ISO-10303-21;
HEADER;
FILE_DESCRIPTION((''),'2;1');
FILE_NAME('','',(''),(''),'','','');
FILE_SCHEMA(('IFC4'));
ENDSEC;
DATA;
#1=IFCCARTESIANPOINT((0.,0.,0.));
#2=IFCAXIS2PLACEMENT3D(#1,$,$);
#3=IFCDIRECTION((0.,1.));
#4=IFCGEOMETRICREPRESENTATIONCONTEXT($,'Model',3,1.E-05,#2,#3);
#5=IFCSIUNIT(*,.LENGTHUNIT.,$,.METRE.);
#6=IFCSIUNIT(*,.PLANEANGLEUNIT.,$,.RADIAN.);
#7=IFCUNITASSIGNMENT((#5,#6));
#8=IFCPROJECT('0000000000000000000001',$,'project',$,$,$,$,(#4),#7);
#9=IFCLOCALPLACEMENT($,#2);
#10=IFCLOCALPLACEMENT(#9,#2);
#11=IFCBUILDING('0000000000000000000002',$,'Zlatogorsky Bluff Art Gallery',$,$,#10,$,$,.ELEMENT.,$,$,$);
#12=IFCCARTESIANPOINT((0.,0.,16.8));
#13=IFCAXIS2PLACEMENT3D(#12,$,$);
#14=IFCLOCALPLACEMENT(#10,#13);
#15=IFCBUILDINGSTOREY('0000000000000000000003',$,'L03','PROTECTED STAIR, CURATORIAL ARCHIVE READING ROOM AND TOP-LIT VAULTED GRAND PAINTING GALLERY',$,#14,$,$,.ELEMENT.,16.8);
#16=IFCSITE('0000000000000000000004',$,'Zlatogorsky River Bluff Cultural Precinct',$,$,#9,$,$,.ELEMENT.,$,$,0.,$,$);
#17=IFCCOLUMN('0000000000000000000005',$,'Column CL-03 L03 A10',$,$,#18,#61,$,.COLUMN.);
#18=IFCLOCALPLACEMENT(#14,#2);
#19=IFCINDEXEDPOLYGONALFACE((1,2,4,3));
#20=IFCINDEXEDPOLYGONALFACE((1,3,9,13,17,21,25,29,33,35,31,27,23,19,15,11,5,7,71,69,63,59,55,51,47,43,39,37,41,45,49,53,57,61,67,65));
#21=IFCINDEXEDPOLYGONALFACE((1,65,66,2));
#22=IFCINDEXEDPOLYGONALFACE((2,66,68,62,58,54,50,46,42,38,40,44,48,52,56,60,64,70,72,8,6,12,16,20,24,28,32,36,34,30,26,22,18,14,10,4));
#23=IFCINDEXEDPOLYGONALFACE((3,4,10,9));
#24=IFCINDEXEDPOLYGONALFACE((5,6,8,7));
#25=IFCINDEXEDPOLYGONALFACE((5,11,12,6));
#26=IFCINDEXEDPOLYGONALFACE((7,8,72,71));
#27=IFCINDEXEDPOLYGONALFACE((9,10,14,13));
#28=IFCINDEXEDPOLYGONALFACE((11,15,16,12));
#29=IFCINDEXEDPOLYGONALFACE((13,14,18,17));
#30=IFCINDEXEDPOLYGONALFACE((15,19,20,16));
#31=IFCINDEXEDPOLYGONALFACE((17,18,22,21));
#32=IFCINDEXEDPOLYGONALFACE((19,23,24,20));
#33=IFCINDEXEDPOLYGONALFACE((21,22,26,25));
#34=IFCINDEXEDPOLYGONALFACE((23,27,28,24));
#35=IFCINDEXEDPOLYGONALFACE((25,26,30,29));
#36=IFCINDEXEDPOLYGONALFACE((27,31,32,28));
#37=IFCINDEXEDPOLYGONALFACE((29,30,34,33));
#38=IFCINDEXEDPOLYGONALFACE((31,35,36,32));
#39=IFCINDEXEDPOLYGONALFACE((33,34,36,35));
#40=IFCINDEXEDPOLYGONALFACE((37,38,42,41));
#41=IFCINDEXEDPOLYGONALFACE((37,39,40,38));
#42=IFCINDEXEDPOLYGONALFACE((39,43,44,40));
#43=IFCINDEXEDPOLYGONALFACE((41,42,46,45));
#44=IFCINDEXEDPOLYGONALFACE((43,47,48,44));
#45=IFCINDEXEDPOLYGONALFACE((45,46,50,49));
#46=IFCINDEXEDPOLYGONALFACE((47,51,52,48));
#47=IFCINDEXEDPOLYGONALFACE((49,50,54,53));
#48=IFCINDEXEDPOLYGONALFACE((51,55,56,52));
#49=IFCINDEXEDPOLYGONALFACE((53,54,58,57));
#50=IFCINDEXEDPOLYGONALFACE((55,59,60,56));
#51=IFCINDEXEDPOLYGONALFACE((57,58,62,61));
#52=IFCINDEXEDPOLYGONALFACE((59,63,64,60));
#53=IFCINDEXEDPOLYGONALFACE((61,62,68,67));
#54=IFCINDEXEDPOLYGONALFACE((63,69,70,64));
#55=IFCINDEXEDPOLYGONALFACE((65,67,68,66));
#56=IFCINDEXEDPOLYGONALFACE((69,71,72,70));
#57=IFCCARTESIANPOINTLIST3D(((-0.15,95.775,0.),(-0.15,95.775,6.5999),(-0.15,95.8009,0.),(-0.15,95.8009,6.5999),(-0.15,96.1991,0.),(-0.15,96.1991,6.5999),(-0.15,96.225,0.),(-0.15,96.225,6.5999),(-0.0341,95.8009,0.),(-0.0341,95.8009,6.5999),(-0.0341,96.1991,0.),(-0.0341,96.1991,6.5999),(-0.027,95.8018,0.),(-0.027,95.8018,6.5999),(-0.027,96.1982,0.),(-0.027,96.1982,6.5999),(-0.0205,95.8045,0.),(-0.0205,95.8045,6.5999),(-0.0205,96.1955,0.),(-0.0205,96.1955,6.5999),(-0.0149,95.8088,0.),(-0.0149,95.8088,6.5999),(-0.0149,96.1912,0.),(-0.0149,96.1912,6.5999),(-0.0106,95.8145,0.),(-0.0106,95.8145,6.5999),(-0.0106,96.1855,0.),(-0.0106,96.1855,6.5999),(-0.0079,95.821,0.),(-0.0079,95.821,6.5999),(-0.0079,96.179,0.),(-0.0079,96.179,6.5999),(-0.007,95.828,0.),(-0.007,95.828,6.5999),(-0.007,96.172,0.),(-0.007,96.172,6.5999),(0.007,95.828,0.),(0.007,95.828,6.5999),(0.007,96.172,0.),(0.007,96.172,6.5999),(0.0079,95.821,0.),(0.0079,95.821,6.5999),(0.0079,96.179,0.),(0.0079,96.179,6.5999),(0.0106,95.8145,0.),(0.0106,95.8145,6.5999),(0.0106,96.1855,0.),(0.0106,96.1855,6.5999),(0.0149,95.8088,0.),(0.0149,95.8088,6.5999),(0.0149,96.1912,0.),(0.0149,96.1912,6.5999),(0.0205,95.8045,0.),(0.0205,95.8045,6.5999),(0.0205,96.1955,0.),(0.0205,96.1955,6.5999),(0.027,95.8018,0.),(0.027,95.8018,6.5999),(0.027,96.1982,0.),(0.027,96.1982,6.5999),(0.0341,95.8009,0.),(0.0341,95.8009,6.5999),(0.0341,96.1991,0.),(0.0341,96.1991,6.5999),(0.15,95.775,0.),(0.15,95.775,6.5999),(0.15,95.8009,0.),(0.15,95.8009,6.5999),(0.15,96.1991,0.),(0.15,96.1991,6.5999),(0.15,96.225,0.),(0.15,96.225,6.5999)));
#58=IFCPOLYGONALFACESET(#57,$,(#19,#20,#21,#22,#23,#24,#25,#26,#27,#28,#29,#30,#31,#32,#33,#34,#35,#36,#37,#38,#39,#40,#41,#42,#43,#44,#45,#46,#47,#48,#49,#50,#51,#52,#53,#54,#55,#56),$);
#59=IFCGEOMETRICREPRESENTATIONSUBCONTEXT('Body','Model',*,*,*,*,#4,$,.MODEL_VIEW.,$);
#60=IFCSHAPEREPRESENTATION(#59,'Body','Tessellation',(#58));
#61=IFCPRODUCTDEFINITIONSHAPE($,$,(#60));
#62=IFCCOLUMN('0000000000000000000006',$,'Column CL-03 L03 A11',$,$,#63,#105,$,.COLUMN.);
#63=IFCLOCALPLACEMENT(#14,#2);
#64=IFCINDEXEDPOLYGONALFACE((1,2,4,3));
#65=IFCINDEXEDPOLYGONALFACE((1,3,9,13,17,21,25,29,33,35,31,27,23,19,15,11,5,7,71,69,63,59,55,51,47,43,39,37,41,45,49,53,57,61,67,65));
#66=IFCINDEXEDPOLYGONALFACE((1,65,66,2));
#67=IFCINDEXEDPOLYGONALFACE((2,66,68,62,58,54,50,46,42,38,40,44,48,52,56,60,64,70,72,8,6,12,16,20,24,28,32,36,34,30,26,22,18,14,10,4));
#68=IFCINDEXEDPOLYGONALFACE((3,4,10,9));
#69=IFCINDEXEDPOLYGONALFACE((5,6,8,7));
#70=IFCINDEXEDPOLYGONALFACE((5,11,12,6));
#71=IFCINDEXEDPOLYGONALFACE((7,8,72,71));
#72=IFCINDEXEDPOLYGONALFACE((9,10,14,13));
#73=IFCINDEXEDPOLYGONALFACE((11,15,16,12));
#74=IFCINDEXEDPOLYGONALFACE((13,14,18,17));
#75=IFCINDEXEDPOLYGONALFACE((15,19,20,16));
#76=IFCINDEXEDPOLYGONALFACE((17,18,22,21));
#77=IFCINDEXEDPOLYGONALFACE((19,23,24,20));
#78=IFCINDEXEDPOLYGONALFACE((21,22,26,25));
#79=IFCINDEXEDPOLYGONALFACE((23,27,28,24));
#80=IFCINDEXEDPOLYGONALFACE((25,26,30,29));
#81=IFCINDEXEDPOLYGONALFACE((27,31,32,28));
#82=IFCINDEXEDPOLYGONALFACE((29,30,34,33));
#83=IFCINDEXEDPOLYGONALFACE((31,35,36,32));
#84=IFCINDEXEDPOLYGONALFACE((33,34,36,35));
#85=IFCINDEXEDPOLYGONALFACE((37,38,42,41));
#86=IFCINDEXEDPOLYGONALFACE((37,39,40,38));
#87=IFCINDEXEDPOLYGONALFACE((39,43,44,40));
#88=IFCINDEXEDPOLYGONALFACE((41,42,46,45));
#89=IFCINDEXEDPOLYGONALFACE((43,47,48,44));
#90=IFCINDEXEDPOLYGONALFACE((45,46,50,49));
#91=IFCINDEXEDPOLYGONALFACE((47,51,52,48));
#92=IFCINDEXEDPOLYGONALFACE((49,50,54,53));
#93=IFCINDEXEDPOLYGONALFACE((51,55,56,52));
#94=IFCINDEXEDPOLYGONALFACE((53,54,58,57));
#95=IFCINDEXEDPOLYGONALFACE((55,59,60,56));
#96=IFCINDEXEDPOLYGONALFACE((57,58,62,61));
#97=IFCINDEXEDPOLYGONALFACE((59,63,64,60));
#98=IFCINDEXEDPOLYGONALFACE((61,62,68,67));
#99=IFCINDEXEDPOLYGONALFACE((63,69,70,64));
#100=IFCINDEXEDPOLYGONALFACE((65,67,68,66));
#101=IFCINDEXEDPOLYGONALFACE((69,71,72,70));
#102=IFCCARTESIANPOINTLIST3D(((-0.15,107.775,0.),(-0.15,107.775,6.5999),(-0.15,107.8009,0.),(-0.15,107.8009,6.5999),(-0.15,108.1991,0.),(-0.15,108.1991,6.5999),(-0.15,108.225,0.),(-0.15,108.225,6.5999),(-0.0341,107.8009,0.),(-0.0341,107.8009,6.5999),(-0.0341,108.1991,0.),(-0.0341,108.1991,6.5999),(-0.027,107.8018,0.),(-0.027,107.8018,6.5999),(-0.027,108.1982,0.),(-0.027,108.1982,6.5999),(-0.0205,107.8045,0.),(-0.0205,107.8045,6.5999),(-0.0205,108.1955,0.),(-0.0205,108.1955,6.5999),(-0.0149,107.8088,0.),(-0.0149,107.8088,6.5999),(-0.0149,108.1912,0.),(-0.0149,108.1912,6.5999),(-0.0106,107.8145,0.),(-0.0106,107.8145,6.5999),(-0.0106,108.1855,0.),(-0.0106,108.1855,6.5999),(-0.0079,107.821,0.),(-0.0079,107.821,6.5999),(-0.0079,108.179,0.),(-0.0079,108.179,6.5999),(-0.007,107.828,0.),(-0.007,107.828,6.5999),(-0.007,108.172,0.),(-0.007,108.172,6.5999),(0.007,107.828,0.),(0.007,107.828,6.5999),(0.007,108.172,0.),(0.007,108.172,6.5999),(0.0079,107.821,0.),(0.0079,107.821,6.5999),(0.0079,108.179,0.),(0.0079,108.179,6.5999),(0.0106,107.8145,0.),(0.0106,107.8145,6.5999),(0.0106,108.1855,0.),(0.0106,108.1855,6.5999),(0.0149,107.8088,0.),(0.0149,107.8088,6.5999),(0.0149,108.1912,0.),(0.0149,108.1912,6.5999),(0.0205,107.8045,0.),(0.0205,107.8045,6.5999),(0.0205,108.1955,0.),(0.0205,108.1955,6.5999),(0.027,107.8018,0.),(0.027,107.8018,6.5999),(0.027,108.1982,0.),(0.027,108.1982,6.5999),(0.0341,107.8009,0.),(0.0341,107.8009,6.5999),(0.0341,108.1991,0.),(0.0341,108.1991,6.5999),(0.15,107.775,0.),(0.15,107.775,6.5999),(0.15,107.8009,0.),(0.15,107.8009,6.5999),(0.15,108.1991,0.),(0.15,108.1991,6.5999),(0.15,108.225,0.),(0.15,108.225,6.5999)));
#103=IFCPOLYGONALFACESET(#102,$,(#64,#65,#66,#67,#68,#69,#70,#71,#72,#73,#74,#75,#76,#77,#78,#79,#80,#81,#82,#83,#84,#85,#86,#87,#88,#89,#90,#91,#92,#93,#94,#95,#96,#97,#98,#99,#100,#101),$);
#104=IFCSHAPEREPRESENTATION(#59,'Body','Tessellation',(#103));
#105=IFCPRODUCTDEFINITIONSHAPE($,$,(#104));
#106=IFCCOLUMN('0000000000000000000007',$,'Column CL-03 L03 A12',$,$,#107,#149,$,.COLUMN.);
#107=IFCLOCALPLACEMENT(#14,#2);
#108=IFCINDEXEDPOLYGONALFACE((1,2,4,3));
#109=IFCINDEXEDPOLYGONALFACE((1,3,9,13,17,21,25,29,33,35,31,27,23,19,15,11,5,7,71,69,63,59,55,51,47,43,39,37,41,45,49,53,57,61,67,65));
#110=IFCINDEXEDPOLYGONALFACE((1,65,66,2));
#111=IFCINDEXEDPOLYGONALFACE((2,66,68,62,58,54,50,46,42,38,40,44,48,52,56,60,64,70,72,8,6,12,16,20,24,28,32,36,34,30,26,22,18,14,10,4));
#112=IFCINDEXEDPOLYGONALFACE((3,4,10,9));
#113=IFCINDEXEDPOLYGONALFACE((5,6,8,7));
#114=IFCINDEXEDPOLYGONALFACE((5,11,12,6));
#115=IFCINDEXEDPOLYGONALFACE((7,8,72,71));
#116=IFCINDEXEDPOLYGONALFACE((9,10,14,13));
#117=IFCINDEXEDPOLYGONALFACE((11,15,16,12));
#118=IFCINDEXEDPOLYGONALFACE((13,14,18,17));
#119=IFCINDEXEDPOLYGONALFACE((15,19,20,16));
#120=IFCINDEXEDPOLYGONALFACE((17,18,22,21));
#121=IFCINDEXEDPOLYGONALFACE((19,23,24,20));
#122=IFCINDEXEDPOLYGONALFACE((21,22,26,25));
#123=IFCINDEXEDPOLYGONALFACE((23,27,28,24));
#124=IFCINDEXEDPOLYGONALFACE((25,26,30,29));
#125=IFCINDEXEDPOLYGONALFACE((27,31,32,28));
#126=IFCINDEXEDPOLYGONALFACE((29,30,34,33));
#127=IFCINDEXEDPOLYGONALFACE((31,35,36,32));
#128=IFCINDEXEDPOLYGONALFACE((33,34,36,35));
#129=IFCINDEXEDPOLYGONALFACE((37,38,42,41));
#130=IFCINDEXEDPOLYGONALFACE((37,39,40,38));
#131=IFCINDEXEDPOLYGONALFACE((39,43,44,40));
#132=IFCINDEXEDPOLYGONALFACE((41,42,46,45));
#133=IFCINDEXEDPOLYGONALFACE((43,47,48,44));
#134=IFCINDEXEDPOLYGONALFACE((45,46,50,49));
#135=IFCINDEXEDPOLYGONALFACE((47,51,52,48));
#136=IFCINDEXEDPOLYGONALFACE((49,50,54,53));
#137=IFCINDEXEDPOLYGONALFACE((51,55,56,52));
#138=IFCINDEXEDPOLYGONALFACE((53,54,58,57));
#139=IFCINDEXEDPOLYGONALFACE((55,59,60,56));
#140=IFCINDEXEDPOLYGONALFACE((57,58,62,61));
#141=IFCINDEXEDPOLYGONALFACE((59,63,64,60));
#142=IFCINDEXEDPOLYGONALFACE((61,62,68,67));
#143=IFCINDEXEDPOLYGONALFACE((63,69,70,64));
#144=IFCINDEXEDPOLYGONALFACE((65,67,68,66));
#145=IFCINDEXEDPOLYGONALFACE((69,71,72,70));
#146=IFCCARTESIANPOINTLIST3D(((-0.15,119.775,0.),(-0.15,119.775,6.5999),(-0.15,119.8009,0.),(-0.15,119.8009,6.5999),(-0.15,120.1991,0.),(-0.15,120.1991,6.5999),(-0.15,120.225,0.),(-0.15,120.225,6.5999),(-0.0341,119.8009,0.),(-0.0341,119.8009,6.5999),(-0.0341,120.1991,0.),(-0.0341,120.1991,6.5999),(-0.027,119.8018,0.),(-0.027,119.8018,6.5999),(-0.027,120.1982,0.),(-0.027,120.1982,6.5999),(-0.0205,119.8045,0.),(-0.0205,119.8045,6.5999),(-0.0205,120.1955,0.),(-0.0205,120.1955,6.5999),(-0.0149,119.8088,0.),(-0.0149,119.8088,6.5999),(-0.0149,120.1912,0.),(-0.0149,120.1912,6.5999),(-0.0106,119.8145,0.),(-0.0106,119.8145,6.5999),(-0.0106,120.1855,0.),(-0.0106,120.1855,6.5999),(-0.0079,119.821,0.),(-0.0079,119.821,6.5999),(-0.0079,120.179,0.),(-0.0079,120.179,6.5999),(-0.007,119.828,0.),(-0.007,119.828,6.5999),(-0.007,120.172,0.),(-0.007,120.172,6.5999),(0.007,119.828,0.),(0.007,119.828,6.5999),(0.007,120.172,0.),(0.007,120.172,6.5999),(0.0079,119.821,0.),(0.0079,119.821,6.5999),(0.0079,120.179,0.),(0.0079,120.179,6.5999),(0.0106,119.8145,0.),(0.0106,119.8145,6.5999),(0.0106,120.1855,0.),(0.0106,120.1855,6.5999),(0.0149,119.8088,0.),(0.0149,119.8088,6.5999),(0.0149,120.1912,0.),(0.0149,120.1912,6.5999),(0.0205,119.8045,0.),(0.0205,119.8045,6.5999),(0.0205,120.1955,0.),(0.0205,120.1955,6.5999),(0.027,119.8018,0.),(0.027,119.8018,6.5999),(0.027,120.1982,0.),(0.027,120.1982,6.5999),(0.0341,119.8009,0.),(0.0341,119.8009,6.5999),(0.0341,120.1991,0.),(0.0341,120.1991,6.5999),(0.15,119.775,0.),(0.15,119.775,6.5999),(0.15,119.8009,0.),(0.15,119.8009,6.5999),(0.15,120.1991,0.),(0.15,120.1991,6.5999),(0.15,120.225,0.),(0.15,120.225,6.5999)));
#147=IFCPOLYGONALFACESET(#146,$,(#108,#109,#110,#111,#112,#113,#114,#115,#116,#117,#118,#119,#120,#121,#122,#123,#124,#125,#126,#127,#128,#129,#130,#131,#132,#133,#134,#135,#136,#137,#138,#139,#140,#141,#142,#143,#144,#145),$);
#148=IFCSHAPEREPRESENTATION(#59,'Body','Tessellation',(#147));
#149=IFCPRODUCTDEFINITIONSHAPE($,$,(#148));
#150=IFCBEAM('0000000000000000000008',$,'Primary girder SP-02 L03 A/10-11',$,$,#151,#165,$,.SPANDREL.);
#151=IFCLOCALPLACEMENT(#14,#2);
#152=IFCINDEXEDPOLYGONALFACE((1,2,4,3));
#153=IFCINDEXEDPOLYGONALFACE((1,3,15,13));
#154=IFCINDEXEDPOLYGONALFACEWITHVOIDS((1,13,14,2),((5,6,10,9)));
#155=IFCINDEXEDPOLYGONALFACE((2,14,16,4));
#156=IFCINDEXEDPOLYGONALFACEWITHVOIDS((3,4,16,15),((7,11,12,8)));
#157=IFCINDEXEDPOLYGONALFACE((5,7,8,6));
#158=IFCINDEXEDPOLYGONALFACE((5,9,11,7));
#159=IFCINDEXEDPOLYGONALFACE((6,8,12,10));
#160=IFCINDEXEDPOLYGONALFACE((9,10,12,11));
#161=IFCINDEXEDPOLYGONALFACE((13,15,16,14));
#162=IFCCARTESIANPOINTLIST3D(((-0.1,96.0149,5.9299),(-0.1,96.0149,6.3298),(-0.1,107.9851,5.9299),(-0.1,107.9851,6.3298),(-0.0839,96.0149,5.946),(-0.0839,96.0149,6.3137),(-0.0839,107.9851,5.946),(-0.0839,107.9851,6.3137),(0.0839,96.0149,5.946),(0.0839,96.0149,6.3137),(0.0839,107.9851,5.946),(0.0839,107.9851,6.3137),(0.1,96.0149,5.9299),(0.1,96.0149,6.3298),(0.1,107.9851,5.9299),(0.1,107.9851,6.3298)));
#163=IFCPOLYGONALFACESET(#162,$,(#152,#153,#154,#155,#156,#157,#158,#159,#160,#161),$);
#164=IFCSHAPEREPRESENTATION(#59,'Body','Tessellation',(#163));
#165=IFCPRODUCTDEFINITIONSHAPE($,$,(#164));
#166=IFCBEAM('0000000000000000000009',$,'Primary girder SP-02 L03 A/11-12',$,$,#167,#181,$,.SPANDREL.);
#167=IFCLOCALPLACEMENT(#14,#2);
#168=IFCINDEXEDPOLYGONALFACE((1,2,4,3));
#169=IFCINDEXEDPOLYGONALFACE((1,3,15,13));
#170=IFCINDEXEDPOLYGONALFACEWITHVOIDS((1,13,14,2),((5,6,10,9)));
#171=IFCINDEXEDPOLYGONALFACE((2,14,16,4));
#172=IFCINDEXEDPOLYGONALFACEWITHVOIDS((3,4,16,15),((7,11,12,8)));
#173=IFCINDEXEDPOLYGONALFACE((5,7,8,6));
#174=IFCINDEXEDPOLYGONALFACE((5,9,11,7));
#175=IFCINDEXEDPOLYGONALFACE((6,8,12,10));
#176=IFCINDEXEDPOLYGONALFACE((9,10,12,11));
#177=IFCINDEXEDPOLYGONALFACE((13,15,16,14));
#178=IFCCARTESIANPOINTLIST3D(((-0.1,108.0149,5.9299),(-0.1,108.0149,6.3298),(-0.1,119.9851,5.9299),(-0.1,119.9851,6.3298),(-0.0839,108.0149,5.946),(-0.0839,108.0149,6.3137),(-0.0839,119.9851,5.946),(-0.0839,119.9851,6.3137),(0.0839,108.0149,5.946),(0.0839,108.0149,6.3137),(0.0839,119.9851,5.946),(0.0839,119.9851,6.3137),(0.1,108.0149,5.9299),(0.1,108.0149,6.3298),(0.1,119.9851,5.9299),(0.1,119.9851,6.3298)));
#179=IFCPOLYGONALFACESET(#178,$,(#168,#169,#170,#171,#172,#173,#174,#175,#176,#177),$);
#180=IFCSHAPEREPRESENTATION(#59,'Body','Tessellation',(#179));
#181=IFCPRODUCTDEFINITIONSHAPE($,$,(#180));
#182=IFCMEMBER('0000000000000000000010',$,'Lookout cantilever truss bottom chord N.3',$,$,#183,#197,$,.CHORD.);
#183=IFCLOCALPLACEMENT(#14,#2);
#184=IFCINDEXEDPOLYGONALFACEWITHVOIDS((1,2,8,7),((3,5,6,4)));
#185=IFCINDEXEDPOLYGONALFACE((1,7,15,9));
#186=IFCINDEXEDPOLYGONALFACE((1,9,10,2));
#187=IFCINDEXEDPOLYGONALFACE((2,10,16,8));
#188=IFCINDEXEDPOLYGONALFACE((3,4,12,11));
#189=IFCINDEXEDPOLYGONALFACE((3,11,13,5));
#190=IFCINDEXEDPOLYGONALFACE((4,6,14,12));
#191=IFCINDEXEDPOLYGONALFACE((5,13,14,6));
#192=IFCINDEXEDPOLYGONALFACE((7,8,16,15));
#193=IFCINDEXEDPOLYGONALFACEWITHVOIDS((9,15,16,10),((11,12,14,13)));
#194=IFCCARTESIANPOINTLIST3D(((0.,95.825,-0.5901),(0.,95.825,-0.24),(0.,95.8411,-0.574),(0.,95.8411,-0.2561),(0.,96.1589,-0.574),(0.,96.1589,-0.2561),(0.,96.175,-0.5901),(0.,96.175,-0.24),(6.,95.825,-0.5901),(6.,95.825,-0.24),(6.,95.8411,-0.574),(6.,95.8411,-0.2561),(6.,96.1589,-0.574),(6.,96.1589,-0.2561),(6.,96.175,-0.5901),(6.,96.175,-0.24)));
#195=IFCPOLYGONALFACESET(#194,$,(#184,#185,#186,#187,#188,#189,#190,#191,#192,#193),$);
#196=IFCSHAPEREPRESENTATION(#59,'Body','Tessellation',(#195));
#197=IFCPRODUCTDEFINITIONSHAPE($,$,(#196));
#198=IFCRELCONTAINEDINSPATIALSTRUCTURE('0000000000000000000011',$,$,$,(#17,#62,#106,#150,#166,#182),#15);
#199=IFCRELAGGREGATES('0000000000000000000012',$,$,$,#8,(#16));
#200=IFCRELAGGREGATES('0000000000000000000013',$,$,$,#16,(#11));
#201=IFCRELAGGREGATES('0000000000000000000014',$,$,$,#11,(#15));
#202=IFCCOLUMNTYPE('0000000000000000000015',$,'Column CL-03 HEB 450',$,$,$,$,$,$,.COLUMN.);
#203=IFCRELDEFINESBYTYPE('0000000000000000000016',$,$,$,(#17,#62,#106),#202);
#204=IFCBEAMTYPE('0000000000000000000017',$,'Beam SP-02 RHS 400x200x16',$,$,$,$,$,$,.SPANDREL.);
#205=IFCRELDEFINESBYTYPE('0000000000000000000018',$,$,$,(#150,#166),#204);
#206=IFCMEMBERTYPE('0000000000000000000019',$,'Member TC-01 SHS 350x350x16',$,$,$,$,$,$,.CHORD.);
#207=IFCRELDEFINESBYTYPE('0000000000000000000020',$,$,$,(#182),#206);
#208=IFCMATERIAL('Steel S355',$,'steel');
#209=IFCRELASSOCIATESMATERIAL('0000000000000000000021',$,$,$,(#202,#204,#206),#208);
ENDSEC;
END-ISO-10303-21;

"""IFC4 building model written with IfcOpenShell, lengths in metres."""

from ifc_helpers import new_model, si_unit, direction, frame, origin, origin_2d, place, context, subcontext, project, spatial, hollow_rectangle, i_section, extrude, material, material_profile, profile_set, type_object, element, save


model = new_model("IFC4")

# Units and contexts
model_context = context("Model", 3, precision=1e-05, world=origin(), true_north=direction((0.0, 1.0)))
body_context = subcontext(model_context, "Body", "Model", "MODEL_VIEW")
ifc_project = project(units=[si_unit("LENGTHUNIT", "METRE"), si_unit("PLANEANGLEUNIT", "RADIAN")], contexts=[model_context])

# Site, building, storey
site_placement = place(None, origin())
site = spatial("IfcSite", under=ifc_project, at=site_placement, Name="Zlatogorsky River Bluff Cultural Precinct", CompositionType="ELEMENT", RefElevation=0.0)
building_placement = place(site_placement, origin())
building = spatial("IfcBuilding", under=site, at=building_placement, Name="Zlatogorsky Bluff Art Gallery", CompositionType="ELEMENT")
storey_placement = place(building_placement, frame((0.0, 0.0, 16.8)))
storey = spatial("IfcBuildingStorey", under=building, at=storey_placement, Name="L03", Description="PROTECTED STAIR, CURATORIAL ARCHIVE READING ROOM AND TOP-LIT VAULTED GRAND PAINTING GALLERY", CompositionType="ELEMENT", Elevation=16.8)

# Columns
ifc_material_1 = material(Name="Steel S355", Category="steel")
ifc_material_profile_1 = material_profile(ifc_material_1, i_section(OverallWidth=0.3, OverallDepth=0.45, WebThickness=0.0139, FlangeThickness=0.0259, FilletRadius=0.0271, at=origin_2d()), Name="HEB 450")
ifc_profile_set_1 = profile_set([ifc_material_profile_1], Name="Steel S355")
column_type = type_object("IfcColumnType", Name="Column CL-03 HEB 450", PredefinedType="COLUMN", material=ifc_profile_set_1)
for number, where, z_axis, x_axis, name in (
    (1, (0.0, 96.0, 0.0), (0.0, 0.0, 1.0), (1.0, 0.0, 0.0), "Column CL-03 L03 A10"),
    (2, (0.0, 108.0, 0.0), (0.0, 0.0, 1.0), (1.0, 0.0, 0.0), "Column CL-03 L03 A11"),
    (3, (0.0, 120.0, 0.0), (0.0, 0.0, 1.0), (1.0, 0.0, 0.0), "Column CL-03 L03 A12"),
):
    element("IfcColumn", number, at=place(storey_placement, frame(where, z_axis=z_axis, x_axis=x_axis)), inside=storey, type_object=column_type, Name=name, PredefinedType="COLUMN", context=body_context, shape_type="SweptSolid", body=[
        extrude(i_section(OverallWidth=0.3, OverallDepth=0.45, WebThickness=0.0139, FlangeThickness=0.0259, FilletRadius=0.0271, at=origin_2d()), origin(), (0.0, 0.0, 1.0), 6.5999),
    ])

# Beams
ifc_material_profile_2 = material_profile(ifc_material_1, hollow_rectangle(XDim=0.2, YDim=0.3999, WallThickness=0.0161, at=origin_2d()), Name="RHS 400x200x16")
ifc_profile_set_2 = profile_set([ifc_material_profile_2], Name="Steel S355")
beam_type = type_object("IfcBeamType", Name="Beam SP-02 RHS 400x200x16", PredefinedType="SPANDREL", material=ifc_profile_set_2)
for number, where, z_axis, x_axis, name in (
    (4, (0.0, 96.0149, 6.1299), (0.0, 1.0, 0.0), (-1.0, 0.0, 0.0), "Primary girder SP-02 L03 A/10-11"),
    (5, (0.0, 108.0149, 6.1299), (0.0, 1.0, 0.0), (-1.0, 0.0, 0.0), "Primary girder SP-02 L03 A/11-12"),
):
    element("IfcBeam", number, at=place(storey_placement, frame(where, z_axis=z_axis, x_axis=x_axis)), inside=storey, type_object=beam_type, Name=name, PredefinedType="SPANDREL", context=body_context, shape_type="SweptSolid", body=[
        extrude(hollow_rectangle(XDim=0.2, YDim=0.3999, WallThickness=0.0161, at=origin_2d()), origin(), (0.0, 0.0, 1.0), 11.9702),
    ])

# Member
ifc_material_profile_3 = material_profile(ifc_material_1, hollow_rectangle(XDim=0.3501, YDim=0.3501, WallThickness=0.0161, at=origin_2d()), Name="SHS 350x350x16")
ifc_profile_set_3 = profile_set([ifc_material_profile_3], Name="Steel S355")
member_type_1 = type_object("IfcMemberType", Name="Member TC-01 SHS 350x350x16", PredefinedType="CHORD", material=ifc_profile_set_3)
for number, where, z_axis, x_axis, name in (
    (6, (0.0, 96.0, -0.415), (1.0, 0.0, 0.0), (0.0, 1.0, 0.0), "Lookout cantilever truss bottom chord N.3"),
):
    element("IfcMember", number, at=place(storey_placement, frame(where, z_axis=z_axis, x_axis=x_axis)), inside=storey, type_object=member_type_1, Name=name, PredefinedType="CHORD", context=body_context, shape_type="SweptSolid", body=[
        extrude(hollow_rectangle(XDim=0.3501, YDim=0.3501, WallThickness=0.0161, at=origin_2d()), origin(), (0.0, 0.0, 1.0), 6.0),
    ])

save(model, "model.ifc")
